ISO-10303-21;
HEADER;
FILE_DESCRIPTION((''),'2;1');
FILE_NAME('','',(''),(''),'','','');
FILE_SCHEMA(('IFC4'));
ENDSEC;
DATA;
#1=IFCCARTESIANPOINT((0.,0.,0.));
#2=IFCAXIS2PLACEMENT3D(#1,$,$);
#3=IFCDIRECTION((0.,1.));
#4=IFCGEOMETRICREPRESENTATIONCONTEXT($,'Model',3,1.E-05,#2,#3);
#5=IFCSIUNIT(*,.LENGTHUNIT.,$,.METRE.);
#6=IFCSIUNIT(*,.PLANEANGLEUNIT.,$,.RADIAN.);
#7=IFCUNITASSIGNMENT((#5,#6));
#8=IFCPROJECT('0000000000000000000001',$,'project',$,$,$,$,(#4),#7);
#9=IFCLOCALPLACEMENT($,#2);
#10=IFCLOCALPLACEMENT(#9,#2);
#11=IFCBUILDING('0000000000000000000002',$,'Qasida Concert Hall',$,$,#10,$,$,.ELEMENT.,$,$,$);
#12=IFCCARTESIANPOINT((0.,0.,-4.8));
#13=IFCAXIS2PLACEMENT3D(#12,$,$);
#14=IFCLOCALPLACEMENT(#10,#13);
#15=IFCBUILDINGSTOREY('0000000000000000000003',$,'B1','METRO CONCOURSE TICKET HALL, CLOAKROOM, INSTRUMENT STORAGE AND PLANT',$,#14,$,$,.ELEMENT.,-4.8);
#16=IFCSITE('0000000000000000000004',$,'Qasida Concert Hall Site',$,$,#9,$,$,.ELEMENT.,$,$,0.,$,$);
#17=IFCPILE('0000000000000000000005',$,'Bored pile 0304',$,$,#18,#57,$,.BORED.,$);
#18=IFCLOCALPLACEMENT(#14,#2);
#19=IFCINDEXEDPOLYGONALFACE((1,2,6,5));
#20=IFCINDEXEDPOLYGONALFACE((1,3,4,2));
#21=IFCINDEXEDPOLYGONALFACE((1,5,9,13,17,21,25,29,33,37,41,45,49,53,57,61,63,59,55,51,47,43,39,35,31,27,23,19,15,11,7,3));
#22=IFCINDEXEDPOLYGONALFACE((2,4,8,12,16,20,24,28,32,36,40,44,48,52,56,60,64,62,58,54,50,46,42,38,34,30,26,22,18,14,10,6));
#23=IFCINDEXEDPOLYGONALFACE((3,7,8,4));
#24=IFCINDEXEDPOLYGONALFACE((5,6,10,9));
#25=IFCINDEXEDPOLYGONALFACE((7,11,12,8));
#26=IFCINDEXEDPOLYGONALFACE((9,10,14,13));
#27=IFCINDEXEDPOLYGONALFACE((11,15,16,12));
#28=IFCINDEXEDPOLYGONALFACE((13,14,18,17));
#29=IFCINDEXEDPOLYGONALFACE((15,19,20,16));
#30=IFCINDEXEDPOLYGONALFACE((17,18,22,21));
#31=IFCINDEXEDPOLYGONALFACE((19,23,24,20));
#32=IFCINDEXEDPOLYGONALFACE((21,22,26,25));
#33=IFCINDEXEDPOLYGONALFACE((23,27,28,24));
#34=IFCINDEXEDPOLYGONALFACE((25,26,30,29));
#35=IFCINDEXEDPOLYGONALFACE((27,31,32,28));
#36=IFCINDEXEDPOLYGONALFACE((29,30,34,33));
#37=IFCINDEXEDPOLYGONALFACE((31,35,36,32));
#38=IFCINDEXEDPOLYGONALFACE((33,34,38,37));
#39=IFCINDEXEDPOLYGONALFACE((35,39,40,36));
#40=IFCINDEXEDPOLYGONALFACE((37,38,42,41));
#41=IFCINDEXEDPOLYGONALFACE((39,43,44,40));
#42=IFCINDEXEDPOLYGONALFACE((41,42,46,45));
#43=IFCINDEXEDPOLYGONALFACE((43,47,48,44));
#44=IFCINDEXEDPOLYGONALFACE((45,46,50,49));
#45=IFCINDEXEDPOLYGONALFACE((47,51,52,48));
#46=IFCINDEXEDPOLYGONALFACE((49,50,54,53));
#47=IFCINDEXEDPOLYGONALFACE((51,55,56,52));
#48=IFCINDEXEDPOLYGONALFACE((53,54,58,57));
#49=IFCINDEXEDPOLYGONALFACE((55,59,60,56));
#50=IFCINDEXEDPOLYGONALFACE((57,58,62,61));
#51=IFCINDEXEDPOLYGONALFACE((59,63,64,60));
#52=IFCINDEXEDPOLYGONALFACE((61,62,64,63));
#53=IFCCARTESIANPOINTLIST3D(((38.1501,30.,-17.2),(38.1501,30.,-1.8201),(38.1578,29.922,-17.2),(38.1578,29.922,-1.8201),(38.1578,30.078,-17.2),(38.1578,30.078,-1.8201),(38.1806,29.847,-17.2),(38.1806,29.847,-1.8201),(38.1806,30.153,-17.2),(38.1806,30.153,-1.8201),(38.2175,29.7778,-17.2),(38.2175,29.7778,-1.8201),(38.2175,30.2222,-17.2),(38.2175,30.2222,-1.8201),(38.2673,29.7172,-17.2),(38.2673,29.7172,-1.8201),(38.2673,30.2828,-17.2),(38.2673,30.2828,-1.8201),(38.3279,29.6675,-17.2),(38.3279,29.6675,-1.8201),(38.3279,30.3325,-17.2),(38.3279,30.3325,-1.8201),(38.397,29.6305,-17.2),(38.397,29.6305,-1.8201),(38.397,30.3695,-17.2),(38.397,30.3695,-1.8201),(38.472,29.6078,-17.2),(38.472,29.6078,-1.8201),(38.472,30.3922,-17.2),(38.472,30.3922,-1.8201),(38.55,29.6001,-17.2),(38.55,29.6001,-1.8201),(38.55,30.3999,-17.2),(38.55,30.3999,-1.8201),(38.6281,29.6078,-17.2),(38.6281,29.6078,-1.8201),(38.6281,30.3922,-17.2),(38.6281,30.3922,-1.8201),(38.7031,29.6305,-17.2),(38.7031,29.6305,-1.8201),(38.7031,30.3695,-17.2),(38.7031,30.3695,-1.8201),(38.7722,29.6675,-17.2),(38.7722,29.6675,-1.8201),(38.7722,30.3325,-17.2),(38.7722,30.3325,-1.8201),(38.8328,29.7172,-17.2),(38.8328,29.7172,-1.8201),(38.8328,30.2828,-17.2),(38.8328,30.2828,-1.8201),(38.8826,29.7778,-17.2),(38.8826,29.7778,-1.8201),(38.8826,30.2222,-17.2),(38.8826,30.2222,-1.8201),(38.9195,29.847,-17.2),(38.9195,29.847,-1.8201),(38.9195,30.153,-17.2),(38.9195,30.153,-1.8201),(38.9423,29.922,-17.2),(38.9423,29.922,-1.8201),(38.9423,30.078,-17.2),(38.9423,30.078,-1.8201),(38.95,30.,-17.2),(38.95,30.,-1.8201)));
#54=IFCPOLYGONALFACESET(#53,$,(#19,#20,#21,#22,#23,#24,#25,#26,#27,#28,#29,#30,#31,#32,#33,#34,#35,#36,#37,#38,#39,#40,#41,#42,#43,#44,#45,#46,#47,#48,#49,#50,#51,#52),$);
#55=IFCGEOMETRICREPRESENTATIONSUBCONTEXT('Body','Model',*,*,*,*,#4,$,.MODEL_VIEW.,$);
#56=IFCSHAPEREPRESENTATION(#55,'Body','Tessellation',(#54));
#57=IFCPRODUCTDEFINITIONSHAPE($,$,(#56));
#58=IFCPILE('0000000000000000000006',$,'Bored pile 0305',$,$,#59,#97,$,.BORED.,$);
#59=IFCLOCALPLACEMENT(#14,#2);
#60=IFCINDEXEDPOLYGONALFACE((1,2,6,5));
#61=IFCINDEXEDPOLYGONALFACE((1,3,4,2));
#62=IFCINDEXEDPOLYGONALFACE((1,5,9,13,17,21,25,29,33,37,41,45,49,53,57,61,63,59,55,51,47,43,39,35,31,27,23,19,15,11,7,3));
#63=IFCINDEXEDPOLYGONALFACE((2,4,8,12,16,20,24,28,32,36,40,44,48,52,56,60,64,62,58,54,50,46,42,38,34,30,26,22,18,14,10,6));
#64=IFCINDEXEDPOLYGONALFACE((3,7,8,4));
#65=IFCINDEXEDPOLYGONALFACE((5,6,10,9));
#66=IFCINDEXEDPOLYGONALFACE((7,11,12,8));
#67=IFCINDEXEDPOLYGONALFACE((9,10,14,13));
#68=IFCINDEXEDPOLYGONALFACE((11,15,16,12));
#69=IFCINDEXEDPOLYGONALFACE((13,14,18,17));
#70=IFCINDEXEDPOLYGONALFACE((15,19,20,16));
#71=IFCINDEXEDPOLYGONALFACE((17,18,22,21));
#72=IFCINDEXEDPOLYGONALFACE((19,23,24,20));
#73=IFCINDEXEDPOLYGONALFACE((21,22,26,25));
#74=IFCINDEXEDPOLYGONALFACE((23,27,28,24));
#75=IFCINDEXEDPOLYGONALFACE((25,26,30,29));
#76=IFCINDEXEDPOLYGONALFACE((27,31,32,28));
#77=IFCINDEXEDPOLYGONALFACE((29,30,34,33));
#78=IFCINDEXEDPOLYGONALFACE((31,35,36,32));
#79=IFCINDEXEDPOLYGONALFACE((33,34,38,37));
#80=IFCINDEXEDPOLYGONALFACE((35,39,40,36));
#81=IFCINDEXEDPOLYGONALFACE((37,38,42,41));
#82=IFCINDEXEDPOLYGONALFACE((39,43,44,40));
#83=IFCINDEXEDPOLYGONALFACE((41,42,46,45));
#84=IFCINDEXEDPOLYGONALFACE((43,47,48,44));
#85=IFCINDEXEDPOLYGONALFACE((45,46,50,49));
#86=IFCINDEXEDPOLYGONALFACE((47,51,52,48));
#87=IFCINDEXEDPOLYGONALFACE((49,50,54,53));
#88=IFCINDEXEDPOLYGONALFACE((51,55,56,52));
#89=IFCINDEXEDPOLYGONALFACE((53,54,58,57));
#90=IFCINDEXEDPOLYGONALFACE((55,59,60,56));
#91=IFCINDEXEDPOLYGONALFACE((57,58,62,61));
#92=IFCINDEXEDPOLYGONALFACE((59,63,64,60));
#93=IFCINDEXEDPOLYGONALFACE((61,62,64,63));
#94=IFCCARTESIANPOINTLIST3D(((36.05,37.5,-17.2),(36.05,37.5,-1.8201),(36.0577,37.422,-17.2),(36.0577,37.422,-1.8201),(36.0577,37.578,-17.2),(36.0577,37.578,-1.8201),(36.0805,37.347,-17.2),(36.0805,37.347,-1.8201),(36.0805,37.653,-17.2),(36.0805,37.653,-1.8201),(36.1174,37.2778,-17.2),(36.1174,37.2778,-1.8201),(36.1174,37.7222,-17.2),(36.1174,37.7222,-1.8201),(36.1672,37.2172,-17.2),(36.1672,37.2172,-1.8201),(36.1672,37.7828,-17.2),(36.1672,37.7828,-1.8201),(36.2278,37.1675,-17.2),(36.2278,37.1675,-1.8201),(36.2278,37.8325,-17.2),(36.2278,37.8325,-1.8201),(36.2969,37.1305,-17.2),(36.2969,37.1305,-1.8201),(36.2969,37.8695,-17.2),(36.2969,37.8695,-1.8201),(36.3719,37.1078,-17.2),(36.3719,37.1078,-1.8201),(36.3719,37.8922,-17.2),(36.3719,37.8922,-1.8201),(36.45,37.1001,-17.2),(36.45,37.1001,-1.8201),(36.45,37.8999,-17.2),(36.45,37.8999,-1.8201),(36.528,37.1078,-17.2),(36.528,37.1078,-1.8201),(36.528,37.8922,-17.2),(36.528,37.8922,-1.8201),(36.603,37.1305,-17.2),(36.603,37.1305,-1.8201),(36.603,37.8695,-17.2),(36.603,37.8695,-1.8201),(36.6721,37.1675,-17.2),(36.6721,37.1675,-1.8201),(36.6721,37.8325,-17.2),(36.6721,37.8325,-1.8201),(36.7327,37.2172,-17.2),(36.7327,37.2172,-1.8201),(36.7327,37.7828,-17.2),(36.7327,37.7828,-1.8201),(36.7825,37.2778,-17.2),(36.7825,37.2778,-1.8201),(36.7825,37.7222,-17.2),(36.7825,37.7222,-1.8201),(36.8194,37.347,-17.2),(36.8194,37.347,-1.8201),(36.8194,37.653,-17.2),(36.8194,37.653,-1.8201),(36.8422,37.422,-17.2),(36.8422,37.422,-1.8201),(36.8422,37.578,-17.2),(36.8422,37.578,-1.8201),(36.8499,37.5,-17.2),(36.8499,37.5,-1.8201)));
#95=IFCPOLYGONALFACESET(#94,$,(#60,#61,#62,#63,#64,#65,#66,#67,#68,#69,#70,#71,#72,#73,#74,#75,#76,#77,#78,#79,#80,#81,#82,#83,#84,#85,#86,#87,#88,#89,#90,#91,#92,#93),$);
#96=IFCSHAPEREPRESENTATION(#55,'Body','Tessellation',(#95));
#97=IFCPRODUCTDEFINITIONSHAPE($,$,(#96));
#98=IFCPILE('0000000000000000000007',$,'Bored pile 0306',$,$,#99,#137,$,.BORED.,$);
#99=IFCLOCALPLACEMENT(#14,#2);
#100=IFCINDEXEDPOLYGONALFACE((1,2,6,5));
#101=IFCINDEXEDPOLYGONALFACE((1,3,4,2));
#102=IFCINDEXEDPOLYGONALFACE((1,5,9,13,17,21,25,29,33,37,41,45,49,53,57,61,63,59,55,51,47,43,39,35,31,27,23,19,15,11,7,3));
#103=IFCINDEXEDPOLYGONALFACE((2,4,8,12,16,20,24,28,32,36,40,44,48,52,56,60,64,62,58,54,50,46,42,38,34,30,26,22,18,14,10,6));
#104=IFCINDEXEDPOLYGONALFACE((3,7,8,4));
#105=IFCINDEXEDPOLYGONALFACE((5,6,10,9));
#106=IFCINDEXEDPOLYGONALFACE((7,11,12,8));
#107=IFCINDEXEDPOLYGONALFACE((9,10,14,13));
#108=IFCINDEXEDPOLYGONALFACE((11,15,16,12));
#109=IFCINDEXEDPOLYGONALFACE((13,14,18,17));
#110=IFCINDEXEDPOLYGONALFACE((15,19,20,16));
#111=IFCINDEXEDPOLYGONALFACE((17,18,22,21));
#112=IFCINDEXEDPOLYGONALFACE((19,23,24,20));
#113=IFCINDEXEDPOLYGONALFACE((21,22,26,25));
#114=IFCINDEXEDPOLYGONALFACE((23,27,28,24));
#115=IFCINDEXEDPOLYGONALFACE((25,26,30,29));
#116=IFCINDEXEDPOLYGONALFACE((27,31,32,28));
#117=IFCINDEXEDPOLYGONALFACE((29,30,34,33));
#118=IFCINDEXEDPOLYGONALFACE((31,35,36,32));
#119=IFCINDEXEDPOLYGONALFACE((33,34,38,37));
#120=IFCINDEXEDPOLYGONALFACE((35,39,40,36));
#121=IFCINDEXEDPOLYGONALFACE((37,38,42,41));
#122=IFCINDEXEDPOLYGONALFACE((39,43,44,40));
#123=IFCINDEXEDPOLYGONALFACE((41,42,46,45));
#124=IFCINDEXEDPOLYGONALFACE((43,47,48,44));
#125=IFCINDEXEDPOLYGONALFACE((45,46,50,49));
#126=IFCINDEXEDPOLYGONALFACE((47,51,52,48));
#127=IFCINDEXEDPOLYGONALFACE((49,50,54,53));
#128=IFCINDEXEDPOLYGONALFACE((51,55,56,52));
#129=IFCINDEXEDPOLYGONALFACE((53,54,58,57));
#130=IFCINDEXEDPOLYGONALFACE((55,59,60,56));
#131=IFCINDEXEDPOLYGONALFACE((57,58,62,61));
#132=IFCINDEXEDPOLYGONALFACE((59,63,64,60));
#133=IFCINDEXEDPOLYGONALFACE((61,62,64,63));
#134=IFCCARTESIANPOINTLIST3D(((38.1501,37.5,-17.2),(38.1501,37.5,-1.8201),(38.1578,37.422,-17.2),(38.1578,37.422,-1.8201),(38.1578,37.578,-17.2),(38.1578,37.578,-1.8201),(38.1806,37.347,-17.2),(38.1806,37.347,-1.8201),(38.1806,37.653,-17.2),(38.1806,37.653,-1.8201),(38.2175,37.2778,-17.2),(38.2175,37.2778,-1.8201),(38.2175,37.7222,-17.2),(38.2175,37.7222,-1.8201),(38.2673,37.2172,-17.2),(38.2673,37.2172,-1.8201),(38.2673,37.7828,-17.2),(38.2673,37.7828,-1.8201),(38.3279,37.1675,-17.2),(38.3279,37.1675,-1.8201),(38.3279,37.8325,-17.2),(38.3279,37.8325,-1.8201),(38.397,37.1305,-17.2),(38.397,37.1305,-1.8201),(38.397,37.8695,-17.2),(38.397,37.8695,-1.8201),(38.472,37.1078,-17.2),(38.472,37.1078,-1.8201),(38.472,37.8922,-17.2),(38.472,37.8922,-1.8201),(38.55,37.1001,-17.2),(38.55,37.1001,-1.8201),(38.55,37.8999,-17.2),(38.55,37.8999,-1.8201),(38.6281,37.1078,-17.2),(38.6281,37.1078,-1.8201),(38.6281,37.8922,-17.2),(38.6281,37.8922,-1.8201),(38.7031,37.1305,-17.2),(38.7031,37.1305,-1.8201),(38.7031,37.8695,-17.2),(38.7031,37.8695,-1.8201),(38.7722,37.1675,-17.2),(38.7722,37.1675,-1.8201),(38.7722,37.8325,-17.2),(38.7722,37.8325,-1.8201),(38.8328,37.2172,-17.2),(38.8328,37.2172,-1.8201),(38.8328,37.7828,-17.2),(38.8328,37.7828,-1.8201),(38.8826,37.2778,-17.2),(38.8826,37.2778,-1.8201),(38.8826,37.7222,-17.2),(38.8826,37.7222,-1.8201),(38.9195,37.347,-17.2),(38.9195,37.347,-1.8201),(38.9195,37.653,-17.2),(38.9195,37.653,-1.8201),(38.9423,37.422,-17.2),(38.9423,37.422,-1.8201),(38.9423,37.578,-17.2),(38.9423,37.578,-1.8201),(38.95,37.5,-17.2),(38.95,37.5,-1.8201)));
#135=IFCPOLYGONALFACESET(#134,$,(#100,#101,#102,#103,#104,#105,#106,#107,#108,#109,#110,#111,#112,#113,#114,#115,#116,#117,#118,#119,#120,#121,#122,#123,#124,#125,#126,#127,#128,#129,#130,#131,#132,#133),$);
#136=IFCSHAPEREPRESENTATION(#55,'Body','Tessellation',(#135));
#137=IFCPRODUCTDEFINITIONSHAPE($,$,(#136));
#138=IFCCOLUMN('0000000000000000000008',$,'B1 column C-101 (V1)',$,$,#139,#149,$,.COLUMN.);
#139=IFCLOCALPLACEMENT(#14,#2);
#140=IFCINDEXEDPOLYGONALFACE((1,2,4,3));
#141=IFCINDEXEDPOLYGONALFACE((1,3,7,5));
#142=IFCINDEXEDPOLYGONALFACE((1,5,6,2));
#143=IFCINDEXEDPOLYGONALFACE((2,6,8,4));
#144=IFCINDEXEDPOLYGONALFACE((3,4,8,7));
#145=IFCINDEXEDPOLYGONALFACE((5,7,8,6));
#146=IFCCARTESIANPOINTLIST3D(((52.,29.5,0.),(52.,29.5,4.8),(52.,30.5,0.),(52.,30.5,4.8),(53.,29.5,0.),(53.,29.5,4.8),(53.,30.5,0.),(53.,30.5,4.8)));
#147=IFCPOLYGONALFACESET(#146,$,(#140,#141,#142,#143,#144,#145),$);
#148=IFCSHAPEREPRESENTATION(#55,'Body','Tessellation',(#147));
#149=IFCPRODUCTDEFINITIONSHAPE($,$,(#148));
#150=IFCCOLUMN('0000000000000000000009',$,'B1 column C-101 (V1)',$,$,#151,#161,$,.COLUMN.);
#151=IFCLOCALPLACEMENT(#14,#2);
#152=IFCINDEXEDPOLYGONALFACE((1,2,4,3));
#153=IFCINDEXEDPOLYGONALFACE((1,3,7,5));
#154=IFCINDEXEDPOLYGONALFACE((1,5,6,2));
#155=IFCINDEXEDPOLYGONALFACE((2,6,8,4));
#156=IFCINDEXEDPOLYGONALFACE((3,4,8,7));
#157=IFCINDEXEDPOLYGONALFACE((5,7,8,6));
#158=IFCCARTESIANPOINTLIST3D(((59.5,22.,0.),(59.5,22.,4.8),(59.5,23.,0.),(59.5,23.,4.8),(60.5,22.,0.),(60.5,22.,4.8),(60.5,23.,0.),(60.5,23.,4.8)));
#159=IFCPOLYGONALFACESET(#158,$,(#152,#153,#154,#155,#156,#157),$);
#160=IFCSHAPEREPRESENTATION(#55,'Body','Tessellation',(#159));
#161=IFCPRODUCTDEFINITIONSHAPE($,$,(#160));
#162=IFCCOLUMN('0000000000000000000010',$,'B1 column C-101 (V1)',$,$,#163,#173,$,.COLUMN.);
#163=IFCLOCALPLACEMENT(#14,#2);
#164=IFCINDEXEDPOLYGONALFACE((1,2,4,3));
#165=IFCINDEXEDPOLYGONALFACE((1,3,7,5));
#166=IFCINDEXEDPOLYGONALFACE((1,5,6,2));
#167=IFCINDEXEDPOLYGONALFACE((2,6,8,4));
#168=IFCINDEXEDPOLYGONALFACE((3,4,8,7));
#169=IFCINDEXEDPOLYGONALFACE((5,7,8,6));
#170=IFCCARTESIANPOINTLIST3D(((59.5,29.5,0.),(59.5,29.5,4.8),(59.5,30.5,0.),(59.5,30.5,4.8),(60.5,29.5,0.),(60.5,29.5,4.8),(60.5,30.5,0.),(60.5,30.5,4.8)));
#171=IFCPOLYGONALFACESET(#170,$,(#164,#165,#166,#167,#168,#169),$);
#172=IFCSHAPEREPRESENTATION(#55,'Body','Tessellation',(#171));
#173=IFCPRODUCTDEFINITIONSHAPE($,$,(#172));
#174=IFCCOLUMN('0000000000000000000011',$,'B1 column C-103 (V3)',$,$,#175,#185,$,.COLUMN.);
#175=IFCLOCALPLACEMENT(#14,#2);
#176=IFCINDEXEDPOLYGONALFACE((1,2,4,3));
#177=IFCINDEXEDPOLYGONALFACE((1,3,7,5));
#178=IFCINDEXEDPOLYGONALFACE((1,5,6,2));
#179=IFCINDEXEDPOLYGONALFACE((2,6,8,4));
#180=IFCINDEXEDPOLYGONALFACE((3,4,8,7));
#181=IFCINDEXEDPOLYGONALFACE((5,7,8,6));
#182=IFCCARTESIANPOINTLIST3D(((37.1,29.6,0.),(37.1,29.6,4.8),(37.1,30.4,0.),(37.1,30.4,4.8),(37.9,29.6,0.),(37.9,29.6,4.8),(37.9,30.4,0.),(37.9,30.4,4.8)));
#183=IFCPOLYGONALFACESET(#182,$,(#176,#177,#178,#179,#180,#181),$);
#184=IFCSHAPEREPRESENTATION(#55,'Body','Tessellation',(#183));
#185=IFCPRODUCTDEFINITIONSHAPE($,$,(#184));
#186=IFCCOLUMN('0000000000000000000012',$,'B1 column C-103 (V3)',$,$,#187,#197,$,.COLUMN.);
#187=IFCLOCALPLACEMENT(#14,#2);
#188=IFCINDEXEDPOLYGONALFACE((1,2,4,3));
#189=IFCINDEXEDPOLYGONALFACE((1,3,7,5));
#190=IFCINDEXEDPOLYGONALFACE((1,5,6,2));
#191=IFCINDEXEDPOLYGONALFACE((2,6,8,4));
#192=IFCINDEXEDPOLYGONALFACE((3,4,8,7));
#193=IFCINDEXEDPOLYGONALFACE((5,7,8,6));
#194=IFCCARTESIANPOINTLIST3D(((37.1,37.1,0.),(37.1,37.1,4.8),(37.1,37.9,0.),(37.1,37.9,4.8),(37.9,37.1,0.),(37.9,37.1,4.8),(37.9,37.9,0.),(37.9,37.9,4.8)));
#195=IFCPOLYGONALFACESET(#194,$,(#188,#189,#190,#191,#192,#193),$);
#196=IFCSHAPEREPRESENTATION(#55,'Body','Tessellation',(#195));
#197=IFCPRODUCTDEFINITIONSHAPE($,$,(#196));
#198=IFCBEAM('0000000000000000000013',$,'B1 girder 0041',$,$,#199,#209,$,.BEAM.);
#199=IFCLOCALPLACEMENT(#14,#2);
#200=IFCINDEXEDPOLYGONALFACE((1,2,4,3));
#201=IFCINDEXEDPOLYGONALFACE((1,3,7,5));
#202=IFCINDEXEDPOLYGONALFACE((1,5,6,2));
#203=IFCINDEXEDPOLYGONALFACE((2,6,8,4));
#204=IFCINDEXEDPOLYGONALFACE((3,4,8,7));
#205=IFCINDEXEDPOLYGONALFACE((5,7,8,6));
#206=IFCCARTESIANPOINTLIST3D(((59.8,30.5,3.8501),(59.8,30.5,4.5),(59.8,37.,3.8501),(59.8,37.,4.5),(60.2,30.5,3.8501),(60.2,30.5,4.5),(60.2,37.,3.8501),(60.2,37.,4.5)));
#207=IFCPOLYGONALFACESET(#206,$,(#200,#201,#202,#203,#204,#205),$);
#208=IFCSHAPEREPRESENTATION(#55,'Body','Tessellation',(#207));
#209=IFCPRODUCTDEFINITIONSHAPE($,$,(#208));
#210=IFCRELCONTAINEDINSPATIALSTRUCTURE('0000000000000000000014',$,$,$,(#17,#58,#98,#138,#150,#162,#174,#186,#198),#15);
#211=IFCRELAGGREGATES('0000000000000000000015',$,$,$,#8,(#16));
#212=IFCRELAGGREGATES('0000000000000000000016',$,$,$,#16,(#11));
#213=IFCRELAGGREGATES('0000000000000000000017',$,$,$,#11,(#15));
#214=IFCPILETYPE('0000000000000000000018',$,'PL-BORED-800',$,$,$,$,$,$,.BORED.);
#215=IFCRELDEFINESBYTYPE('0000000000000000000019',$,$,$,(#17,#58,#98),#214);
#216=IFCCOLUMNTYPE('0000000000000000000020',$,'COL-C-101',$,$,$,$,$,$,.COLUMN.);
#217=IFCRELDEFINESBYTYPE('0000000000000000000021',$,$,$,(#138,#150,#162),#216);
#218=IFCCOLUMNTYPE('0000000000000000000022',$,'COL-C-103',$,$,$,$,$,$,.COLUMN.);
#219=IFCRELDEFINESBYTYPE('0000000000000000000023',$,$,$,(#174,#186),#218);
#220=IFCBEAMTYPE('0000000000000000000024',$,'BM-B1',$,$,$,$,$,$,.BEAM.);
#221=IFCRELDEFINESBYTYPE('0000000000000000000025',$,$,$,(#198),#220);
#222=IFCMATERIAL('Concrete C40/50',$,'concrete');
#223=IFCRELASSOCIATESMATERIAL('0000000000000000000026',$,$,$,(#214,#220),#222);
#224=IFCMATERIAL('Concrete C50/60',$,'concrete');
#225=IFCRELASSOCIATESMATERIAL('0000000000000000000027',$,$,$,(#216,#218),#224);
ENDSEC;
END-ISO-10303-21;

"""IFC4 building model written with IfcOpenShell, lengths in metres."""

from ifc_helpers import new_model, si_unit, direction, frame, origin, origin_2d, place, context, subcontext, project, spatial, rectangle, circle, extrude, material, material_profile, profile_set, type_object, element, save


model = new_model("IFC4")

# Units and contexts
model_context = context("Model", 3, precision=1e-05, world=origin(), true_north=direction((0.0, 1.0)))
body_context = subcontext(model_context, "Body", "Model", "MODEL_VIEW")
ifc_project = project(units=[si_unit("LENGTHUNIT", "METRE"), si_unit("PLANEANGLEUNIT", "RADIAN")], contexts=[model_context])

# Site, building, storey
site_placement = place(None, origin())
site = spatial("IfcSite", under=ifc_project, at=site_placement, Name="Qasida Concert Hall Site", CompositionType="ELEMENT", RefElevation=0.0)
building_placement = place(site_placement, origin())
building = spatial("IfcBuilding", under=site, at=building_placement, Name="Qasida Concert Hall", CompositionType="ELEMENT")
storey_placement = place(building_placement, frame((0.0, 0.0, -4.8)))
storey = spatial("IfcBuildingStorey", under=building, at=storey_placement, Name="B1", Description="METRO CONCOURSE TICKET HALL, CLOAKROOM, INSTRUMENT STORAGE AND PLANT", CompositionType="ELEMENT", Elevation=-4.8)

# Shared definitions
ifc_material_1 = material(Name="Concrete C40/50", Category="concrete")

# Piles
ifc_material_profile_1 = material_profile(ifc_material_1, circle(Radius=0.3999, at=origin_2d()), Name="BORED PILE D800")
ifc_profile_set_1 = profile_set([ifc_material_profile_1], Name="Concrete C40/50")
pile_type_1 = type_object("IfcPileType", Name="PL-BORED-800", PredefinedType="BORED", material=ifc_profile_set_1)
for number, where, z_axis, x_axis, name in (
    (1, (38.55, 30.0, -1.8201), (0.0, 0.0, -1.0), (1.0, 0.0, 0.0), "Bored pile 0304"),
    (2, (36.45, 37.5, -1.8201), (0.0, 0.0, -1.0), (1.0, 0.0, 0.0), "Bored pile 0305"),
    (3, (38.55, 37.5, -1.8201), (0.0, 0.0, -1.0), (1.0, 0.0, 0.0), "Bored pile 0306"),
):
    element("IfcPile", number, at=place(storey_placement, frame(where, z_axis=z_axis, x_axis=x_axis)), inside=storey, type_object=pile_type_1, Name=name, PredefinedType="BORED", context=body_context, shape_type="SweptSolid", body=[
        extrude(circle(Radius=0.3999, at=origin_2d()), origin(), (0.0, 0.0, 1.0), 15.3799),
    ])

# Columns
ifc_material_2 = material(Name="Concrete C50/60", Category="concrete")
ifc_material_profile_2 = material_profile(ifc_material_2, rectangle(XDim=1.0, YDim=1.0, at=origin_2d()), Name="RC 1000x1000")
ifc_profile_set_2 = profile_set([ifc_material_profile_2], Name="Concrete C50/60")
column_type_1 = type_object("IfcColumnType", Name="COL-C-101", PredefinedType="COLUMN", material=ifc_profile_set_2)
for number, where, z_axis, x_axis, name in (
    (4, (52.5, 30.0, 0.0), (0.0, 0.0, 1.0), (1.0, 0.0, 0.0), "B1 column C-101 (V1)"),
    (5, (60.0, 22.5, 0.0), (0.0, 0.0, 1.0), (1.0, 0.0, 0.0), "B1 column C-101 (V1)"),
    (6, (60.0, 30.0, 0.0), (0.0, 0.0, 1.0), (1.0, 0.0, 0.0), "B1 column C-101 (V1)"),
):
    element("IfcColumn", number, at=place(storey_placement, frame(where, z_axis=z_axis, x_axis=x_axis)), inside=storey, type_object=column_type_1, Name=name, PredefinedType="COLUMN", context=body_context, shape_type="SweptSolid", body=[
        extrude(rectangle(XDim=1.0, YDim=1.0, at=origin_2d()), origin(), (0.0, 0.0, 1.0), 4.8),
    ])
ifc_material_profile_3 = material_profile(ifc_material_2, rectangle(XDim=0.8, YDim=0.8, at=origin_2d()), Name="RC 800x800")
ifc_profile_set_3 = profile_set([ifc_material_profile_3], Name="Concrete C50/60")
column_type_2 = type_object("IfcColumnType", Name="COL-C-103", PredefinedType="COLUMN", material=ifc_profile_set_3)
for number, where, z_axis, x_axis, name in (
    (7, (37.5, 30.0, 0.0), (0.0, 0.0, 1.0), (1.0, 0.0, 0.0), "B1 column C-103 (V3)"),
    (8, (37.5, 37.5, 0.0), (0.0, 0.0, 1.0), (1.0, 0.0, 0.0), "B1 column C-103 (V3)"),
):
    element("IfcColumn", number, at=place(storey_placement, frame(where, z_axis=z_axis, x_axis=x_axis)), inside=storey, type_object=column_type_2, Name=name, PredefinedType="COLUMN", context=body_context, shape_type="SweptSolid", body=[
        extrude(rectangle(XDim=0.8, YDim=0.8, at=origin_2d()), origin(), (0.0, 0.0, 1.0), 4.8),
    ])

# Beam
ifc_material_profile_4 = material_profile(ifc_material_1, rectangle(XDim=0.3999, YDim=0.6499, at=origin_2d()), Name="RC 400x650")
ifc_profile_set_4 = profile_set([ifc_material_profile_4], Name="Concrete C40/50")
beam_type_1 = type_object("IfcBeamType", Name="BM-B1", PredefinedType="BEAM", material=ifc_profile_set_4)
beam_1_placement = place(storey_placement, frame((60.0, 30.5, 4.175), z_axis=(0.0, 1.0, 0.0), x_axis=(-1.0, 0.0, 0.0)))
element("IfcBeam", 9, at=beam_1_placement, inside=storey, type_object=beam_type_1, Name="B1 girder 0041", PredefinedType="BEAM", context=body_context, shape_type="SweptSolid", body=[
    extrude(rectangle(XDim=0.3999, YDim=0.6499, at=origin_2d()), origin(), (0.0, 0.0, 1.0), 6.5),
])

save(model, "model.ifc")
